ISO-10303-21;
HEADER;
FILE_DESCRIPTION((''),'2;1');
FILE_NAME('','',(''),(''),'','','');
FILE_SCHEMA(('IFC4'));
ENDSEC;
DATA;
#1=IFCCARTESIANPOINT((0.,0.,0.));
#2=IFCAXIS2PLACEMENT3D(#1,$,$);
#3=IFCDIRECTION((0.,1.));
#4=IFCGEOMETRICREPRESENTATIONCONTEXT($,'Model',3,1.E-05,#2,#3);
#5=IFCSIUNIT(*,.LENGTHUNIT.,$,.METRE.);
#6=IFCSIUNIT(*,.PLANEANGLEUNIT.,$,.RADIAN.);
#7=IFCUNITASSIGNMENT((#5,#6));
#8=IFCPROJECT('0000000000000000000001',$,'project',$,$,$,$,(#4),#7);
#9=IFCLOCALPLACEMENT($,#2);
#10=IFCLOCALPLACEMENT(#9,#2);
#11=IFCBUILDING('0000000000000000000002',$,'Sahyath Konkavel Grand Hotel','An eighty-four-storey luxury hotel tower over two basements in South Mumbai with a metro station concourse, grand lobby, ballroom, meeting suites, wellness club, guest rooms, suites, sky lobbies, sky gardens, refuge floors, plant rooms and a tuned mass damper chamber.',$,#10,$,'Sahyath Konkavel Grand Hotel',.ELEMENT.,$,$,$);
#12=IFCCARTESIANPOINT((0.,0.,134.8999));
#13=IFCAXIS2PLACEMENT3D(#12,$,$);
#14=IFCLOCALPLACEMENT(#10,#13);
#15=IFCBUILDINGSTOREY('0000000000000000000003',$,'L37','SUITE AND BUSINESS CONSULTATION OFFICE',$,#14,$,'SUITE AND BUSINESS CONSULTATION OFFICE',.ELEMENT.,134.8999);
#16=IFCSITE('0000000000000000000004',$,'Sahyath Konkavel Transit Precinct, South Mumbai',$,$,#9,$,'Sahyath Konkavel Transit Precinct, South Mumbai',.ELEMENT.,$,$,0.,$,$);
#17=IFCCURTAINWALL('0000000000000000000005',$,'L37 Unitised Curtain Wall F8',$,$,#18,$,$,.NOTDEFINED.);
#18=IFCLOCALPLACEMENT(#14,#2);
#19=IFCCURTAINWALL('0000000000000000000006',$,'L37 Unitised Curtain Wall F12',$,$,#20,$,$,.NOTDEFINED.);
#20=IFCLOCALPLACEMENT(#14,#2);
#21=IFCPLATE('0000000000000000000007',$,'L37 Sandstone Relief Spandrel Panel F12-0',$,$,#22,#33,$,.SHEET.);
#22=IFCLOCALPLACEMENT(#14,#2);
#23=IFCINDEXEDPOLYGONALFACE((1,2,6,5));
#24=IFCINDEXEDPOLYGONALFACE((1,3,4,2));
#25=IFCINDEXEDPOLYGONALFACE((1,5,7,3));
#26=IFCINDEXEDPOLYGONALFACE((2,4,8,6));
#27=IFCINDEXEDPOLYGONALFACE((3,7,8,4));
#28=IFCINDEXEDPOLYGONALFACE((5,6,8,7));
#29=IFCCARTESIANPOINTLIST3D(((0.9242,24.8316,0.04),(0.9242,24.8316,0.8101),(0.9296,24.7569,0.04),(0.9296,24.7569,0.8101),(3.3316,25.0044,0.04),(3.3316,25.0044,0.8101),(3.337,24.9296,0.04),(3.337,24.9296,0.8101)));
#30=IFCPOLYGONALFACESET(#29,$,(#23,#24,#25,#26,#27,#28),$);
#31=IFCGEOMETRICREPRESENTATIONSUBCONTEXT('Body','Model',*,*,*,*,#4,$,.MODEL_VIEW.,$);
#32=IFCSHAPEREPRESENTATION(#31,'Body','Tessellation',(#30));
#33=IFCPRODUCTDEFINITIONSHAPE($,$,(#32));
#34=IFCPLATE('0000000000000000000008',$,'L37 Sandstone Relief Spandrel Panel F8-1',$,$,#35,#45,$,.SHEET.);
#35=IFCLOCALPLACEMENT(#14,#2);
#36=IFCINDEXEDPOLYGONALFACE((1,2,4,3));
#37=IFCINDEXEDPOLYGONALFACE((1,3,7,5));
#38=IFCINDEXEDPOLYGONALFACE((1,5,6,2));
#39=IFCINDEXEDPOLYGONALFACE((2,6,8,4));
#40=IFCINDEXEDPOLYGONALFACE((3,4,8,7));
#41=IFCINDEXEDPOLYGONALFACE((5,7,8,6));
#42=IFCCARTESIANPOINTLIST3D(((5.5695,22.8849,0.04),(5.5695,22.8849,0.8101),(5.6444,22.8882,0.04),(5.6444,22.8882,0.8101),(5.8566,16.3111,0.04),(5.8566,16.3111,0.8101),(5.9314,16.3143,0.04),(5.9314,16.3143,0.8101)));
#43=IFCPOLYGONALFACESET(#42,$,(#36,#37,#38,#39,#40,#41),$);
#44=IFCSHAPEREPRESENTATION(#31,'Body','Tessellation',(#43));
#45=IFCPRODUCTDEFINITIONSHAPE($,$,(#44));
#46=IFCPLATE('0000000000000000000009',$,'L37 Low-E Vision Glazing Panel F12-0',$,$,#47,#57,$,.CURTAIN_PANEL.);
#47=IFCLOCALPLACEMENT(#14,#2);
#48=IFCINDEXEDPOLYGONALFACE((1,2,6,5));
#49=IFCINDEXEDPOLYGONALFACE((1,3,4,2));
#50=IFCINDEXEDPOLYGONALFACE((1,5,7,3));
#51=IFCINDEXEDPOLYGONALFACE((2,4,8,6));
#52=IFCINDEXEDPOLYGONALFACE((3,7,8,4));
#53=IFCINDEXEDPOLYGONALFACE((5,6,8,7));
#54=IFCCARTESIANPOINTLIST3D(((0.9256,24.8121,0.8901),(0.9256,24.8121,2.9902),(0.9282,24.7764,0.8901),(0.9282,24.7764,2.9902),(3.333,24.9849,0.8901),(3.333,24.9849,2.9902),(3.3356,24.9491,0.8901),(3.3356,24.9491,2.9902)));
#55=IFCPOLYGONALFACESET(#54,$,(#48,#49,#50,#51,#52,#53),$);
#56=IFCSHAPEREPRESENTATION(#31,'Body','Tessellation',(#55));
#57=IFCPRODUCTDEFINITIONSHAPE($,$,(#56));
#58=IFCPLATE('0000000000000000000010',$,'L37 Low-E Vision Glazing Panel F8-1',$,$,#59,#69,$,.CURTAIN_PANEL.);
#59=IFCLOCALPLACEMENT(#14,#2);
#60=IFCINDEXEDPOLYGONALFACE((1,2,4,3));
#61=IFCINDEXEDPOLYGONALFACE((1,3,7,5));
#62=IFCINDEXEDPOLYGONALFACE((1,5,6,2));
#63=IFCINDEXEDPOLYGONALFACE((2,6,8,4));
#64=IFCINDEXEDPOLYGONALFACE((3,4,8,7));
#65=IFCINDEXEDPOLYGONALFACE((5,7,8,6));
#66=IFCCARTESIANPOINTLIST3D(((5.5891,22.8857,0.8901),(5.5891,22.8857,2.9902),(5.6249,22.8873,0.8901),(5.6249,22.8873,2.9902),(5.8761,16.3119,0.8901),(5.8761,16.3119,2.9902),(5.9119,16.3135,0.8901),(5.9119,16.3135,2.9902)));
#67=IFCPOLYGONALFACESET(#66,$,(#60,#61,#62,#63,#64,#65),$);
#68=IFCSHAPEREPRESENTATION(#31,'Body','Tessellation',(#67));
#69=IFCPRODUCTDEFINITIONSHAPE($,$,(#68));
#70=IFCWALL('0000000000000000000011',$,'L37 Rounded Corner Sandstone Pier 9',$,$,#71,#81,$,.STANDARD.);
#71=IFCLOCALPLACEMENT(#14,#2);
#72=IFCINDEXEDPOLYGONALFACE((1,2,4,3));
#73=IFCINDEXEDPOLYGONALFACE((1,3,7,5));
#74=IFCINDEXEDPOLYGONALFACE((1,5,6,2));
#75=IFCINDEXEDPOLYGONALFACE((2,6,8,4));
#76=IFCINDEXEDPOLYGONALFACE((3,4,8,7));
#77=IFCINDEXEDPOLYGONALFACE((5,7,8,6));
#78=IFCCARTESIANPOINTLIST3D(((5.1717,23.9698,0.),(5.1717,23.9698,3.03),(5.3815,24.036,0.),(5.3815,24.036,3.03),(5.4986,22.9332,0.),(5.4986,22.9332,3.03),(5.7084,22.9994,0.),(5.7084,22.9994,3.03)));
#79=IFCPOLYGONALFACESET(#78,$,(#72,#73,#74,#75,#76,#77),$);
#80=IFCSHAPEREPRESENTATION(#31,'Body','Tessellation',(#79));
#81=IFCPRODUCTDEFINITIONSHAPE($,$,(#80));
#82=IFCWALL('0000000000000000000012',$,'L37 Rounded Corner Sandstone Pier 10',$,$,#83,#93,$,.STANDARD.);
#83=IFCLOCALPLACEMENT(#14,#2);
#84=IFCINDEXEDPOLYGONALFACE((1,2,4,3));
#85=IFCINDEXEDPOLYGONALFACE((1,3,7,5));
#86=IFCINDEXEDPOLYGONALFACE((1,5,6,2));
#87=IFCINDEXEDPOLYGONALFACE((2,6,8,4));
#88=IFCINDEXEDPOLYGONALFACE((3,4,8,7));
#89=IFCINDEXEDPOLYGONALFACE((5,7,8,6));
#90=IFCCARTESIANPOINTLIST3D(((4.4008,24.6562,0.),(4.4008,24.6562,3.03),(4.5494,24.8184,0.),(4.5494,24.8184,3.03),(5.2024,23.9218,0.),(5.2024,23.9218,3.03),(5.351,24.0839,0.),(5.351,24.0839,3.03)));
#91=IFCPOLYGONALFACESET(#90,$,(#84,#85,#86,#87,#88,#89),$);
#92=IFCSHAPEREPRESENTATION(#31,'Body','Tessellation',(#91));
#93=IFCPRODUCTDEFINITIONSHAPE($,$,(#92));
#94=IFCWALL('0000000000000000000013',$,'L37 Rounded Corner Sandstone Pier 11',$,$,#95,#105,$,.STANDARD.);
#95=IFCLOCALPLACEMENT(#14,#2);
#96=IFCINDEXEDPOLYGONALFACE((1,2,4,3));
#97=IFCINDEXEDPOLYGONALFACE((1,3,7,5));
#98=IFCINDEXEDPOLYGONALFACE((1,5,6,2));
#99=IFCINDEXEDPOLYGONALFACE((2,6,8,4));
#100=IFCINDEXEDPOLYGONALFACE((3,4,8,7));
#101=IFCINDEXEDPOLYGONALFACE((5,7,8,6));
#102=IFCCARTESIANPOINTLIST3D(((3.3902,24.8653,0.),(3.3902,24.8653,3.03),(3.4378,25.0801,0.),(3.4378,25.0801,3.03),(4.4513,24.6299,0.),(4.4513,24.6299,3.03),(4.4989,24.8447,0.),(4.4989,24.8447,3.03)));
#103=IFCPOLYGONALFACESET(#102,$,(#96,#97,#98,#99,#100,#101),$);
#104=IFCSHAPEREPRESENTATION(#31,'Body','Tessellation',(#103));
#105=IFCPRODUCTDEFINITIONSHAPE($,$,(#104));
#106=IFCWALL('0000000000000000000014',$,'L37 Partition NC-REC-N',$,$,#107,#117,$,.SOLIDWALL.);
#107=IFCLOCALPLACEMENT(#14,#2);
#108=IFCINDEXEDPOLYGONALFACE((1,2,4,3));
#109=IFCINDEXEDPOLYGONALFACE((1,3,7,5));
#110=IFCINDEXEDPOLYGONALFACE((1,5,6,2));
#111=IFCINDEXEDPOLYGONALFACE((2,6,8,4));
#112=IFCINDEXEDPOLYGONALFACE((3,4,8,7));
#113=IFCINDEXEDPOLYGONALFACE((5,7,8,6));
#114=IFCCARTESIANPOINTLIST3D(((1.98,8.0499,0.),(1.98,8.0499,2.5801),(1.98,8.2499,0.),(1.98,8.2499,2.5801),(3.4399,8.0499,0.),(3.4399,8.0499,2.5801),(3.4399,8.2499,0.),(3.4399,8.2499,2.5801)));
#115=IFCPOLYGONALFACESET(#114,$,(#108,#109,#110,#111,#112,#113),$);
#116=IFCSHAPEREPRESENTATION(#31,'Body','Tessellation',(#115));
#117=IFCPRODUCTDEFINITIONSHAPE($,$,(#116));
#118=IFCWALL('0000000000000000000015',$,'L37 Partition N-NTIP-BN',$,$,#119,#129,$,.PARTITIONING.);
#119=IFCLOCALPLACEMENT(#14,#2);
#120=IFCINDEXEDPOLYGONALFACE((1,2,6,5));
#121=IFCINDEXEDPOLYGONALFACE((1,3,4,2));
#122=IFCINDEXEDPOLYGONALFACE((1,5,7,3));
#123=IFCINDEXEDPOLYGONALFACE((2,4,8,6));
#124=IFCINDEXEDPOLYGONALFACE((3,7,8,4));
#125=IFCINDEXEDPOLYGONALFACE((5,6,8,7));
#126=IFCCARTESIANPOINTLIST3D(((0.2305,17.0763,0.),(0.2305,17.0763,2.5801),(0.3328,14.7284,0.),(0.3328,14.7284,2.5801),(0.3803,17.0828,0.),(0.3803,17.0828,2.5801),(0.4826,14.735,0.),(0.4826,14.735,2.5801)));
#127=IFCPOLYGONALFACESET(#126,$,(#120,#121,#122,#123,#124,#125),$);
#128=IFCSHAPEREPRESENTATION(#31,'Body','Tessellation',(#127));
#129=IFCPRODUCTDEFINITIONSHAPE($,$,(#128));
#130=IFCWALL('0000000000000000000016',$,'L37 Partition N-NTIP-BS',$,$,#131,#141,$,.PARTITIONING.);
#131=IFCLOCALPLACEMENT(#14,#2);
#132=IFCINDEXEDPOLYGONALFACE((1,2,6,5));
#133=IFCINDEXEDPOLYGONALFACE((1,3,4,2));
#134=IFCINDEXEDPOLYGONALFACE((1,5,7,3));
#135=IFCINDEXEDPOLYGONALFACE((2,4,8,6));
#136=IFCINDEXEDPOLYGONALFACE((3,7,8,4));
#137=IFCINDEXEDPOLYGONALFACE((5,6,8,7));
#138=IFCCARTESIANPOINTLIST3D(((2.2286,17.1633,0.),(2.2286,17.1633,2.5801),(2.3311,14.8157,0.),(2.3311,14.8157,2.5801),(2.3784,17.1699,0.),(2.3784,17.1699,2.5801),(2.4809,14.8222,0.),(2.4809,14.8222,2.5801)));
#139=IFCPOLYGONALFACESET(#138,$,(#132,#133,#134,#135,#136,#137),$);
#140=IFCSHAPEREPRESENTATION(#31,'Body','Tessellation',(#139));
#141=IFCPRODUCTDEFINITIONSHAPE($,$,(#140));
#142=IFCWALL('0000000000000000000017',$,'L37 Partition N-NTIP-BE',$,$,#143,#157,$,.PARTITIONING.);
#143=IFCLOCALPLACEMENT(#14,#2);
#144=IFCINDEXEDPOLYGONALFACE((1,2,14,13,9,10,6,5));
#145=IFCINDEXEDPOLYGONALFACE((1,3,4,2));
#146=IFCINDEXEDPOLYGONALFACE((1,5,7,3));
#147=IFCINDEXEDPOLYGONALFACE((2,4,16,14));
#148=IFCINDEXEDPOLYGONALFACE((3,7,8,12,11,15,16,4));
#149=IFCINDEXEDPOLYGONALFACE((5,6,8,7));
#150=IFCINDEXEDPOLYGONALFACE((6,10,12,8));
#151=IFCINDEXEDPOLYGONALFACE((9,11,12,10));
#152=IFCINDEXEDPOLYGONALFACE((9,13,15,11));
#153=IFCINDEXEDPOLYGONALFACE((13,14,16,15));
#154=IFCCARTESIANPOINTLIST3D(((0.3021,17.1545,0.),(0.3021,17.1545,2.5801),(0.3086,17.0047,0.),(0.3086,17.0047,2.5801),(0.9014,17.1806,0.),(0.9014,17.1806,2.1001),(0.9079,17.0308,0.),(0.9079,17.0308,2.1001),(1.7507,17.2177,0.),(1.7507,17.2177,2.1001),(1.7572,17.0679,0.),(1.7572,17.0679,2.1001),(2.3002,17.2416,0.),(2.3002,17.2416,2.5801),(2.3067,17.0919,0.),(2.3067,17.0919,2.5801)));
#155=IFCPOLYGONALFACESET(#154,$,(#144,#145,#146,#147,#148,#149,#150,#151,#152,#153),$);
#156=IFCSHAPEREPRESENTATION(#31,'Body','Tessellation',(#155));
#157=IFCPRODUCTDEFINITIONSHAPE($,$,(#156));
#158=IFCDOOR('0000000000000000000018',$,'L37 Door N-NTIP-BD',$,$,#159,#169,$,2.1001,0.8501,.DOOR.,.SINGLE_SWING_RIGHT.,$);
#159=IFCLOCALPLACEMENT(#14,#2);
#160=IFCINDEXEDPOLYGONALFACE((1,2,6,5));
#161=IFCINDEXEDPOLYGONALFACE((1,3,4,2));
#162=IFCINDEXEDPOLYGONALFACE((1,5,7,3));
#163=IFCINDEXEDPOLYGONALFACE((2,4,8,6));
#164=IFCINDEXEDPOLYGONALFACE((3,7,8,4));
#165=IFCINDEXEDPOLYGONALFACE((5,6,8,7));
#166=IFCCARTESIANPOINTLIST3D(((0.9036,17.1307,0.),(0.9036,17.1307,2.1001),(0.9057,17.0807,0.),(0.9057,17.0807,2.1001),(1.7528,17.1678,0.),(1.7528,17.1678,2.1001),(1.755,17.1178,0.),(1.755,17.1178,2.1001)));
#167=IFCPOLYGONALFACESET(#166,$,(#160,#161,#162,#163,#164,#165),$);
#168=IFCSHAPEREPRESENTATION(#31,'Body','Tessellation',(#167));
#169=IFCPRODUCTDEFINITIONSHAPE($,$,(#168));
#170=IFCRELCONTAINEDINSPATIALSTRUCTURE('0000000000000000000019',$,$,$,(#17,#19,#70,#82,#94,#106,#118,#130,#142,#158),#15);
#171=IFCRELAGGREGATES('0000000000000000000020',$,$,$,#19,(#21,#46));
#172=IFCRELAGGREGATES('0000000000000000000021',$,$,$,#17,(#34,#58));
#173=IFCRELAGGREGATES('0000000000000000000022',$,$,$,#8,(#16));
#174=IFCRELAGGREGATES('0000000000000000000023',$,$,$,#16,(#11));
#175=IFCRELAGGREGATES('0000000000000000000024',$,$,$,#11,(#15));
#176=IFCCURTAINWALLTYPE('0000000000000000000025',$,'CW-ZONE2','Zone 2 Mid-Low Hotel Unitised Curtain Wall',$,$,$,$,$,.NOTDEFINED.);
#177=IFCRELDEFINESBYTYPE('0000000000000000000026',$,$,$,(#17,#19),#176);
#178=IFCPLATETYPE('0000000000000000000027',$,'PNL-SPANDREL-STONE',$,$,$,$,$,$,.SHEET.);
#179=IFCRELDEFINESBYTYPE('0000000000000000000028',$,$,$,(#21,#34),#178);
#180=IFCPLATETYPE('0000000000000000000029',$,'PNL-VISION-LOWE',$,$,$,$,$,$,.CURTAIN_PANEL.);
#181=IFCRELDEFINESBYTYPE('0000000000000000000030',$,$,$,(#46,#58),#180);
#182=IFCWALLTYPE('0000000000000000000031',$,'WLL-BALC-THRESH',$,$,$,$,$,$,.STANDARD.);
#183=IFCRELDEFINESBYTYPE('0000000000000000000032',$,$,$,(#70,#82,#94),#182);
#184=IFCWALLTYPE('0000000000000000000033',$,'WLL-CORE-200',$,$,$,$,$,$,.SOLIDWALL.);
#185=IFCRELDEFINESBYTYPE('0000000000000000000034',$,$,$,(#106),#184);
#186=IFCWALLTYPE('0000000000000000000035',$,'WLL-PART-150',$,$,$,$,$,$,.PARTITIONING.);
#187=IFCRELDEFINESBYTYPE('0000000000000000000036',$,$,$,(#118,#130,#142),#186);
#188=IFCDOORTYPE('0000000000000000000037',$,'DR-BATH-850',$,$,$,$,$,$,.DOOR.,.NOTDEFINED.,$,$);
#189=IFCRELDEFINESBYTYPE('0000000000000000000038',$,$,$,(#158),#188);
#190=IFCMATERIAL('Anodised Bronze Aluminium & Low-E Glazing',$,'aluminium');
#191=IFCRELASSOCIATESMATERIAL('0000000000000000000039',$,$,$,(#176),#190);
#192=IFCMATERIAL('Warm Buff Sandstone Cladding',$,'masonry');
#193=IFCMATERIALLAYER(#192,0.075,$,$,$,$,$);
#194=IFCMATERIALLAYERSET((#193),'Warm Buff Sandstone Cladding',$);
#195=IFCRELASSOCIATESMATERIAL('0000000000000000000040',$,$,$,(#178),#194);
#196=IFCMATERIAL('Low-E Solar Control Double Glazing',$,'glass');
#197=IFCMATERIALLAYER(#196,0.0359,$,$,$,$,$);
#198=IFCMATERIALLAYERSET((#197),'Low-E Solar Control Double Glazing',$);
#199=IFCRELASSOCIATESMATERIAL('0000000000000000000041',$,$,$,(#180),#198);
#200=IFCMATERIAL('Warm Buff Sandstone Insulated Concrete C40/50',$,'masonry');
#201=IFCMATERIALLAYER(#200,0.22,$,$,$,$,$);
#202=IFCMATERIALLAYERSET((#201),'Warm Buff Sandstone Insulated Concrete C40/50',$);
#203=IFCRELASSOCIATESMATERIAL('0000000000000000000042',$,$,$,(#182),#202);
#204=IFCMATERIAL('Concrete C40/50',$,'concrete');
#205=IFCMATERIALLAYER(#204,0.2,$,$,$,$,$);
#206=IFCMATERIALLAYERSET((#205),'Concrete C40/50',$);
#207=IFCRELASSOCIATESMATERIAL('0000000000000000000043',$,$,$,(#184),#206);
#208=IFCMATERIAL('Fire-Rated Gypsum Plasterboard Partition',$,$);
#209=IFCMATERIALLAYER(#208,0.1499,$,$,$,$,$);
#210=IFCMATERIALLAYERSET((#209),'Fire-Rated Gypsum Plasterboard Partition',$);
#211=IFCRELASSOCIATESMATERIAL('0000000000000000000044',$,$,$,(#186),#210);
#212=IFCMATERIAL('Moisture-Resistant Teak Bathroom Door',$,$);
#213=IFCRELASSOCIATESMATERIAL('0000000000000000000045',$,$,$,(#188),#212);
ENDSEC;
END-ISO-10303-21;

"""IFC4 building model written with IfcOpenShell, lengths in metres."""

from ifc_helpers import new_model, si_unit, direction, frame, frame_2d, origin, origin_2d, place, context, subcontext, project, spatial, rectangle, extrude, source, transform, mapped, material, layer, layer_set, type_object, element, fill, aggregate, save


model = new_model("IFC4")

# Units and contexts
model_context = context("Model", 3, precision=1e-05, world=origin(), true_north=direction((0.0, 1.0)))
body_context = subcontext(model_context, "Body", "Model", "MODEL_VIEW")
ifc_project = project(units=[si_unit("LENGTHUNIT", "METRE"), si_unit("PLANEANGLEUNIT", "RADIAN")], contexts=[model_context])

# Site, building, storey
site_placement = place(None, origin())
site = spatial("IfcSite", under=ifc_project, at=site_placement, Name="Sahyath Konkavel Transit Precinct, South Mumbai", LongName="Sahyath Konkavel Transit Precinct, South Mumbai", CompositionType="ELEMENT", RefElevation=0.0)
building_placement = place(site_placement, origin())
building = spatial("IfcBuilding", under=site, at=building_placement, Name="Sahyath Konkavel Grand Hotel", Description="An eighty-four-storey luxury hotel tower over two basements in South Mumbai with a metro station concourse, grand lobby, ballroom, meeting suites, wellness club, guest rooms, suites, sky lobbies, sky gardens, refuge floors, plant rooms and a tuned mass damper chamber.", LongName="Sahyath Konkavel Grand Hotel", CompositionType="ELEMENT")
storey_placement = place(building_placement, frame((0.0, 0.0, 134.8999)))
storey = spatial("IfcBuildingStorey", under=building, at=storey_placement, Name="L37", Description="SUITE AND BUSINESS CONSULTATION OFFICE", LongName="SUITE AND BUSINESS CONSULTATION OFFICE", CompositionType="ELEMENT", Elevation=134.8999)

# Curtain wall
ifc_material_1 = material(Name="Anodised Bronze Aluminium & Low-E Glazing", Category="aluminium")
curtain_wall_type = type_object("IfcCurtainWallType", Name="CW-ZONE2", Description="Zone 2 Mid-Low Hotel Unitised Curtain Wall", PredefinedType="NOTDEFINED", material=ifc_material_1)
curtain_wall_1_placement = place(storey_placement, origin())
curtain_wall_1 = element("IfcCurtainWall", 1, at=curtain_wall_1_placement, inside=storey, type_object=curtain_wall_type, Name="L37 Unitised Curtain Wall F8", PredefinedType="NOTDEFINED")

# Curtain wall, plate
curtain_wall_2_placement = place(storey_placement, origin())
curtain_wall_2 = element("IfcCurtainWall", 2, at=curtain_wall_2_placement, inside=storey, type_object=curtain_wall_type, Name="L37 Unitised Curtain Wall F12", PredefinedType="NOTDEFINED")
ifc_material_2 = material(Name="Warm Buff Sandstone Cladding", Category="masonry")
ifc_layer_1 = layer(ifc_material_2, 0.075)
ifc_layer_set_1 = layer_set([ifc_layer_1], Name="Warm Buff Sandstone Cladding")
plate_type_1 = type_object("IfcPlateType", Name="PNL-SPANDREL-STONE", PredefinedType="SHEET", material=ifc_layer_set_1)
shared_shape_1 = source(origin(), body_context, "Body", "SweptSolid", [
    extrude(rectangle(XDim=2.4136, YDim=0.075, at=origin_2d()), origin(), (0.0, 0.0, 1.0), 0.77),
])
plate_1_placement = place(storey_placement, frame((2.1306, 24.8806, 0.04), z_axis=(0.0, 0.0, 1.0), x_axis=(-0.997436, -0.071567, 0.0)))
plate_1 = element("IfcPlate", 3, at=plate_1_placement, type_object=plate_type_1, Name="L37 Sandstone Relief Spandrel Panel F12-0", PredefinedType="SHEET", context=body_context, shape_type="MappedRepresentation", body=[
    mapped(shared_shape_1, transform((0.0, 0.0, 0.0), scale=1.0)),
])

# Plates
shared_shape_2 = source(origin(), body_context, "Body", "SweptSolid", [
    extrude(rectangle(XDim=6.5801, YDim=0.075, at=origin_2d()), origin(), (0.0, 0.0, 1.0), 0.77),
])
plate_2_placement = place(storey_placement, frame((5.7505, 19.5996, 0.04), z_axis=(0.0, 0.0, 1.0), x_axis=(-0.043619, 0.999048, 0.0)))
plate_2 = element("IfcPlate", 4, at=plate_2_placement, type_object=plate_type_1, Name="L37 Sandstone Relief Spandrel Panel F8-1", PredefinedType="SHEET", context=body_context, shape_type="MappedRepresentation", body=[
    mapped(shared_shape_2, transform((0.0, 0.0, 0.0), scale=1.0)),
])
ifc_material_3 = material(Name="Low-E Solar Control Double Glazing", Category="glass")
ifc_layer_2 = layer(ifc_material_3, 0.0359)
ifc_layer_set_2 = layer_set([ifc_layer_2], Name="Low-E Solar Control Double Glazing")
plate_type_2 = type_object("IfcPlateType", Name="PNL-VISION-LOWE", PredefinedType="CURTAIN_PANEL", material=ifc_layer_set_2)
shared_shape_3 = source(origin(), body_context, "Body", "SweptSolid", [
    extrude(rectangle(XDim=2.4136, YDim=0.0359, at=origin_2d()), origin(), (0.0, 0.0, 1.0), 2.1001),
])
plate_3_placement = place(storey_placement, frame((2.1306, 24.8806, 0.8901), z_axis=(0.0, 0.0, 1.0), x_axis=(-0.997436, -0.071567, 0.0)))
plate_3 = element("IfcPlate", 5, at=plate_3_placement, type_object=plate_type_2, Name="L37 Low-E Vision Glazing Panel F12-0", PredefinedType="CURTAIN_PANEL", context=body_context, shape_type="MappedRepresentation", body=[
    mapped(shared_shape_3, transform((0.0, 0.0, 0.0), scale=1.0)),
])
aggregate(curtain_wall_2, [plate_1, plate_3])
shared_shape_4 = source(origin(), body_context, "Body", "SweptSolid", [
    extrude(rectangle(XDim=6.5801, YDim=0.0359, at=origin_2d()), origin(), (0.0, 0.0, 1.0), 2.1001),
])
plate_4_placement = place(storey_placement, frame((5.7505, 19.5996, 0.8901), z_axis=(0.0, 0.0, 1.0), x_axis=(-0.043619, 0.999048, 0.0)))
plate_4 = element("IfcPlate", 6, at=plate_4_placement, type_object=plate_type_2, Name="L37 Low-E Vision Glazing Panel F8-1", PredefinedType="CURTAIN_PANEL", context=body_context, shape_type="MappedRepresentation", body=[
    mapped(shared_shape_4, transform((0.0, 0.0, 0.0), scale=1.0)),
])
aggregate(curtain_wall_1, [plate_2, plate_4])

# Walls
ifc_material_4 = material(Name="Warm Buff Sandstone Insulated Concrete C40/50", Category="masonry")
ifc_layer_3 = layer(ifc_material_4, 0.22)
ifc_layer_set_3 = layer_set([ifc_layer_3], Name="Warm Buff Sandstone Insulated Concrete C40/50")
wall_type_1 = type_object("IfcWallType", Name="WLL-BALC-THRESH", PredefinedType="STANDARD", material=ifc_layer_set_3)
wall_1_placement = place(storey_placement, frame((5.6035, 22.9663, 0.0), z_axis=(0.0, 0.0, 1.0), x_axis=(-0.300755, 0.953701, 0.0)))
element("IfcWall", 7, at=wall_1_placement, inside=storey, type_object=wall_type_1, Name="L37 Rounded Corner Sandstone Pier 9", PredefinedType="STANDARD", context=body_context, shape_type="SweptSolid", body=[
    extrude(rectangle(XDim=1.0869, YDim=0.22, at=frame_2d((0.5435, 0.0))), origin(), (0.0, 0.0, 1.0), 3.03),
])
wall_2_placement = place(storey_placement, frame((5.2766, 24.0029, 0.0), z_axis=(0.0, 0.0, 1.0), x_axis=(-0.737313, 0.675552, 0.0)))
element("IfcWall", 8, at=wall_2_placement, inside=storey, type_object=wall_type_1, Name="L37 Rounded Corner Sandstone Pier 10", PredefinedType="STANDARD", context=body_context, shape_type="SweptSolid", body=[
    extrude(rectangle(XDim=1.0872, YDim=0.22, at=frame_2d((0.5435, 0.0))), origin(), (0.0, 0.0, 1.0), 3.03),
])
wall_3_placement = place(storey_placement, frame((4.4751, 24.7373, 0.0), z_axis=(0.0, 0.0, 1.0), x_axis=(-0.976272, 0.21655, 0.0)))
element("IfcWall", 9, at=wall_3_placement, inside=storey, type_object=wall_type_1, Name="L37 Rounded Corner Sandstone Pier 11", PredefinedType="STANDARD", context=body_context, shape_type="SweptSolid", body=[
    extrude(rectangle(XDim=1.0869, YDim=0.22, at=frame_2d((0.5435, 0.0))), origin(), (0.0, 0.0, 1.0), 3.03),
])
ifc_material_5 = material(Name="Concrete C40/50", Category="concrete")
ifc_layer_4 = layer(ifc_material_5, 0.2)
ifc_layer_set_4 = layer_set([ifc_layer_4], Name="Concrete C40/50")
wall_type_2 = type_object("IfcWallType", Name="WLL-CORE-200", PredefinedType="SOLIDWALL", material=ifc_layer_set_4)
wall_4_placement = place(storey_placement, frame((1.98, 8.1499, 0.0), z_axis=(0.0, 0.0, 1.0), x_axis=(1.0, 0.0, 0.0)))
element("IfcWall", 10, at=wall_4_placement, inside=storey, type_object=wall_type_2, Name="L37 Partition NC-REC-N", PredefinedType="SOLIDWALL", context=body_context, shape_type="SweptSolid", body=[
    extrude(rectangle(XDim=1.46, YDim=0.2, at=frame_2d((0.73, 0.0))), origin(), (0.0, 0.0, 1.0), 2.5801),
])
ifc_material_6 = material(Name="Fire-Rated Gypsum Plasterboard Partition")
ifc_layer_5 = layer(ifc_material_6, 0.1499)
ifc_layer_set_5 = layer_set([ifc_layer_5], Name="Fire-Rated Gypsum Plasterboard Partition")
wall_type_3 = type_object("IfcWallType", Name="WLL-PART-150", PredefinedType="PARTITIONING", material=ifc_layer_set_5)
wall_5_placement = place(storey_placement, frame((0.4077, 14.7317, 0.0), z_axis=(0.0, 0.0, 1.0), x_axis=(-0.043527, 0.999052, 0.0)))
element("IfcWall", 11, at=wall_5_placement, inside=storey, type_object=wall_type_3, Name="L37 Partition N-NTIP-BN", PredefinedType="PARTITIONING", context=body_context, shape_type="SweptSolid", body=[
    extrude(rectangle(XDim=2.3501, YDim=0.1499, at=frame_2d((1.175, 0.0))), origin(), (0.0, 0.0, 1.0), 2.5801),
])
wall_6_placement = place(storey_placement, frame((2.406, 14.8191, 0.0), z_axis=(0.0, 0.0, 1.0), x_axis=(-0.043636, 0.999048, 0.0)))
element("IfcWall", 12, at=wall_6_placement, inside=storey, type_object=wall_type_3, Name="L37 Partition N-NTIP-BS", PredefinedType="PARTITIONING", context=body_context, shape_type="SweptSolid", body=[
    extrude(rectangle(XDim=2.3499, YDim=0.1499, at=frame_2d((1.1748, 0.0))), origin(), (0.0, 0.0, 1.0), 2.5801),
])

# Wall, opening, door
wall_7_placement = place(storey_placement, frame((2.3035, 17.1667, 0.0), z_axis=(0.0, 0.0, 1.0), x_axis=(-0.99905, -0.04358, 0.0)))
wall_7 = element("IfcWall", 13, at=wall_7_placement, inside=storey, type_object=wall_type_3, Name="L37 Partition N-NTIP-BE", PredefinedType="PARTITIONING", context=body_context, shape_type="SweptSolid", body=[
    extrude(rectangle(XDim=2.0, YDim=0.1499, at=frame_2d((1.0, 0.0))), origin(), (0.0, 0.0, 1.0), 2.5801),
])
opening_placement = place(wall_7_placement, frame((0.55, 0.0, 0.0)))
opening = element("IfcOpeningElement", 14, at=opening_placement, cuts=wall_7, PredefinedType="OPENING", context=body_context, shape_type="SweptSolid", body=[
    extrude(rectangle(XDim=0.8501, YDim=2.1001, at=frame_2d((0.425, 1.05))), frame((0.0, 0.085, 0.0), z_axis=(0.0, -1.0, 0.0), x_axis=(1.0, 0.0, 0.0)), (0.0, 0.0, 1.0), 0.1699),
])
ifc_material_7 = material(Name="Moisture-Resistant Teak Bathroom Door")
door_type = type_object("IfcDoorType", Name="DR-BATH-850", OperationType="NOTDEFINED", PredefinedType="DOOR", material=ifc_material_7)
shared_shape_5 = source(origin(), body_context, "Body", "SweptSolid", [
    extrude(rectangle(XDim=0.8501, YDim=0.05, at=origin_2d()), origin(), (0.0, 0.0, 1.0), 2.1001),
])
door_placement = place(opening_placement, frame((0.425, 0.0, 0.0)))
door = element("IfcDoor", 15, at=door_placement, inside=storey, type_object=door_type, Name="L37 Door N-NTIP-BD", OperationType="SINGLE_SWING_RIGHT", OverallHeight=2.1001, OverallWidth=0.8501, PredefinedType="DOOR", context=body_context, shape_type="MappedRepresentation", body=[
    mapped(shared_shape_5, transform((0.0, 0.0, 0.0), scale=1.0)),
])
fill(opening, door)

save(model, "model.ifc")
